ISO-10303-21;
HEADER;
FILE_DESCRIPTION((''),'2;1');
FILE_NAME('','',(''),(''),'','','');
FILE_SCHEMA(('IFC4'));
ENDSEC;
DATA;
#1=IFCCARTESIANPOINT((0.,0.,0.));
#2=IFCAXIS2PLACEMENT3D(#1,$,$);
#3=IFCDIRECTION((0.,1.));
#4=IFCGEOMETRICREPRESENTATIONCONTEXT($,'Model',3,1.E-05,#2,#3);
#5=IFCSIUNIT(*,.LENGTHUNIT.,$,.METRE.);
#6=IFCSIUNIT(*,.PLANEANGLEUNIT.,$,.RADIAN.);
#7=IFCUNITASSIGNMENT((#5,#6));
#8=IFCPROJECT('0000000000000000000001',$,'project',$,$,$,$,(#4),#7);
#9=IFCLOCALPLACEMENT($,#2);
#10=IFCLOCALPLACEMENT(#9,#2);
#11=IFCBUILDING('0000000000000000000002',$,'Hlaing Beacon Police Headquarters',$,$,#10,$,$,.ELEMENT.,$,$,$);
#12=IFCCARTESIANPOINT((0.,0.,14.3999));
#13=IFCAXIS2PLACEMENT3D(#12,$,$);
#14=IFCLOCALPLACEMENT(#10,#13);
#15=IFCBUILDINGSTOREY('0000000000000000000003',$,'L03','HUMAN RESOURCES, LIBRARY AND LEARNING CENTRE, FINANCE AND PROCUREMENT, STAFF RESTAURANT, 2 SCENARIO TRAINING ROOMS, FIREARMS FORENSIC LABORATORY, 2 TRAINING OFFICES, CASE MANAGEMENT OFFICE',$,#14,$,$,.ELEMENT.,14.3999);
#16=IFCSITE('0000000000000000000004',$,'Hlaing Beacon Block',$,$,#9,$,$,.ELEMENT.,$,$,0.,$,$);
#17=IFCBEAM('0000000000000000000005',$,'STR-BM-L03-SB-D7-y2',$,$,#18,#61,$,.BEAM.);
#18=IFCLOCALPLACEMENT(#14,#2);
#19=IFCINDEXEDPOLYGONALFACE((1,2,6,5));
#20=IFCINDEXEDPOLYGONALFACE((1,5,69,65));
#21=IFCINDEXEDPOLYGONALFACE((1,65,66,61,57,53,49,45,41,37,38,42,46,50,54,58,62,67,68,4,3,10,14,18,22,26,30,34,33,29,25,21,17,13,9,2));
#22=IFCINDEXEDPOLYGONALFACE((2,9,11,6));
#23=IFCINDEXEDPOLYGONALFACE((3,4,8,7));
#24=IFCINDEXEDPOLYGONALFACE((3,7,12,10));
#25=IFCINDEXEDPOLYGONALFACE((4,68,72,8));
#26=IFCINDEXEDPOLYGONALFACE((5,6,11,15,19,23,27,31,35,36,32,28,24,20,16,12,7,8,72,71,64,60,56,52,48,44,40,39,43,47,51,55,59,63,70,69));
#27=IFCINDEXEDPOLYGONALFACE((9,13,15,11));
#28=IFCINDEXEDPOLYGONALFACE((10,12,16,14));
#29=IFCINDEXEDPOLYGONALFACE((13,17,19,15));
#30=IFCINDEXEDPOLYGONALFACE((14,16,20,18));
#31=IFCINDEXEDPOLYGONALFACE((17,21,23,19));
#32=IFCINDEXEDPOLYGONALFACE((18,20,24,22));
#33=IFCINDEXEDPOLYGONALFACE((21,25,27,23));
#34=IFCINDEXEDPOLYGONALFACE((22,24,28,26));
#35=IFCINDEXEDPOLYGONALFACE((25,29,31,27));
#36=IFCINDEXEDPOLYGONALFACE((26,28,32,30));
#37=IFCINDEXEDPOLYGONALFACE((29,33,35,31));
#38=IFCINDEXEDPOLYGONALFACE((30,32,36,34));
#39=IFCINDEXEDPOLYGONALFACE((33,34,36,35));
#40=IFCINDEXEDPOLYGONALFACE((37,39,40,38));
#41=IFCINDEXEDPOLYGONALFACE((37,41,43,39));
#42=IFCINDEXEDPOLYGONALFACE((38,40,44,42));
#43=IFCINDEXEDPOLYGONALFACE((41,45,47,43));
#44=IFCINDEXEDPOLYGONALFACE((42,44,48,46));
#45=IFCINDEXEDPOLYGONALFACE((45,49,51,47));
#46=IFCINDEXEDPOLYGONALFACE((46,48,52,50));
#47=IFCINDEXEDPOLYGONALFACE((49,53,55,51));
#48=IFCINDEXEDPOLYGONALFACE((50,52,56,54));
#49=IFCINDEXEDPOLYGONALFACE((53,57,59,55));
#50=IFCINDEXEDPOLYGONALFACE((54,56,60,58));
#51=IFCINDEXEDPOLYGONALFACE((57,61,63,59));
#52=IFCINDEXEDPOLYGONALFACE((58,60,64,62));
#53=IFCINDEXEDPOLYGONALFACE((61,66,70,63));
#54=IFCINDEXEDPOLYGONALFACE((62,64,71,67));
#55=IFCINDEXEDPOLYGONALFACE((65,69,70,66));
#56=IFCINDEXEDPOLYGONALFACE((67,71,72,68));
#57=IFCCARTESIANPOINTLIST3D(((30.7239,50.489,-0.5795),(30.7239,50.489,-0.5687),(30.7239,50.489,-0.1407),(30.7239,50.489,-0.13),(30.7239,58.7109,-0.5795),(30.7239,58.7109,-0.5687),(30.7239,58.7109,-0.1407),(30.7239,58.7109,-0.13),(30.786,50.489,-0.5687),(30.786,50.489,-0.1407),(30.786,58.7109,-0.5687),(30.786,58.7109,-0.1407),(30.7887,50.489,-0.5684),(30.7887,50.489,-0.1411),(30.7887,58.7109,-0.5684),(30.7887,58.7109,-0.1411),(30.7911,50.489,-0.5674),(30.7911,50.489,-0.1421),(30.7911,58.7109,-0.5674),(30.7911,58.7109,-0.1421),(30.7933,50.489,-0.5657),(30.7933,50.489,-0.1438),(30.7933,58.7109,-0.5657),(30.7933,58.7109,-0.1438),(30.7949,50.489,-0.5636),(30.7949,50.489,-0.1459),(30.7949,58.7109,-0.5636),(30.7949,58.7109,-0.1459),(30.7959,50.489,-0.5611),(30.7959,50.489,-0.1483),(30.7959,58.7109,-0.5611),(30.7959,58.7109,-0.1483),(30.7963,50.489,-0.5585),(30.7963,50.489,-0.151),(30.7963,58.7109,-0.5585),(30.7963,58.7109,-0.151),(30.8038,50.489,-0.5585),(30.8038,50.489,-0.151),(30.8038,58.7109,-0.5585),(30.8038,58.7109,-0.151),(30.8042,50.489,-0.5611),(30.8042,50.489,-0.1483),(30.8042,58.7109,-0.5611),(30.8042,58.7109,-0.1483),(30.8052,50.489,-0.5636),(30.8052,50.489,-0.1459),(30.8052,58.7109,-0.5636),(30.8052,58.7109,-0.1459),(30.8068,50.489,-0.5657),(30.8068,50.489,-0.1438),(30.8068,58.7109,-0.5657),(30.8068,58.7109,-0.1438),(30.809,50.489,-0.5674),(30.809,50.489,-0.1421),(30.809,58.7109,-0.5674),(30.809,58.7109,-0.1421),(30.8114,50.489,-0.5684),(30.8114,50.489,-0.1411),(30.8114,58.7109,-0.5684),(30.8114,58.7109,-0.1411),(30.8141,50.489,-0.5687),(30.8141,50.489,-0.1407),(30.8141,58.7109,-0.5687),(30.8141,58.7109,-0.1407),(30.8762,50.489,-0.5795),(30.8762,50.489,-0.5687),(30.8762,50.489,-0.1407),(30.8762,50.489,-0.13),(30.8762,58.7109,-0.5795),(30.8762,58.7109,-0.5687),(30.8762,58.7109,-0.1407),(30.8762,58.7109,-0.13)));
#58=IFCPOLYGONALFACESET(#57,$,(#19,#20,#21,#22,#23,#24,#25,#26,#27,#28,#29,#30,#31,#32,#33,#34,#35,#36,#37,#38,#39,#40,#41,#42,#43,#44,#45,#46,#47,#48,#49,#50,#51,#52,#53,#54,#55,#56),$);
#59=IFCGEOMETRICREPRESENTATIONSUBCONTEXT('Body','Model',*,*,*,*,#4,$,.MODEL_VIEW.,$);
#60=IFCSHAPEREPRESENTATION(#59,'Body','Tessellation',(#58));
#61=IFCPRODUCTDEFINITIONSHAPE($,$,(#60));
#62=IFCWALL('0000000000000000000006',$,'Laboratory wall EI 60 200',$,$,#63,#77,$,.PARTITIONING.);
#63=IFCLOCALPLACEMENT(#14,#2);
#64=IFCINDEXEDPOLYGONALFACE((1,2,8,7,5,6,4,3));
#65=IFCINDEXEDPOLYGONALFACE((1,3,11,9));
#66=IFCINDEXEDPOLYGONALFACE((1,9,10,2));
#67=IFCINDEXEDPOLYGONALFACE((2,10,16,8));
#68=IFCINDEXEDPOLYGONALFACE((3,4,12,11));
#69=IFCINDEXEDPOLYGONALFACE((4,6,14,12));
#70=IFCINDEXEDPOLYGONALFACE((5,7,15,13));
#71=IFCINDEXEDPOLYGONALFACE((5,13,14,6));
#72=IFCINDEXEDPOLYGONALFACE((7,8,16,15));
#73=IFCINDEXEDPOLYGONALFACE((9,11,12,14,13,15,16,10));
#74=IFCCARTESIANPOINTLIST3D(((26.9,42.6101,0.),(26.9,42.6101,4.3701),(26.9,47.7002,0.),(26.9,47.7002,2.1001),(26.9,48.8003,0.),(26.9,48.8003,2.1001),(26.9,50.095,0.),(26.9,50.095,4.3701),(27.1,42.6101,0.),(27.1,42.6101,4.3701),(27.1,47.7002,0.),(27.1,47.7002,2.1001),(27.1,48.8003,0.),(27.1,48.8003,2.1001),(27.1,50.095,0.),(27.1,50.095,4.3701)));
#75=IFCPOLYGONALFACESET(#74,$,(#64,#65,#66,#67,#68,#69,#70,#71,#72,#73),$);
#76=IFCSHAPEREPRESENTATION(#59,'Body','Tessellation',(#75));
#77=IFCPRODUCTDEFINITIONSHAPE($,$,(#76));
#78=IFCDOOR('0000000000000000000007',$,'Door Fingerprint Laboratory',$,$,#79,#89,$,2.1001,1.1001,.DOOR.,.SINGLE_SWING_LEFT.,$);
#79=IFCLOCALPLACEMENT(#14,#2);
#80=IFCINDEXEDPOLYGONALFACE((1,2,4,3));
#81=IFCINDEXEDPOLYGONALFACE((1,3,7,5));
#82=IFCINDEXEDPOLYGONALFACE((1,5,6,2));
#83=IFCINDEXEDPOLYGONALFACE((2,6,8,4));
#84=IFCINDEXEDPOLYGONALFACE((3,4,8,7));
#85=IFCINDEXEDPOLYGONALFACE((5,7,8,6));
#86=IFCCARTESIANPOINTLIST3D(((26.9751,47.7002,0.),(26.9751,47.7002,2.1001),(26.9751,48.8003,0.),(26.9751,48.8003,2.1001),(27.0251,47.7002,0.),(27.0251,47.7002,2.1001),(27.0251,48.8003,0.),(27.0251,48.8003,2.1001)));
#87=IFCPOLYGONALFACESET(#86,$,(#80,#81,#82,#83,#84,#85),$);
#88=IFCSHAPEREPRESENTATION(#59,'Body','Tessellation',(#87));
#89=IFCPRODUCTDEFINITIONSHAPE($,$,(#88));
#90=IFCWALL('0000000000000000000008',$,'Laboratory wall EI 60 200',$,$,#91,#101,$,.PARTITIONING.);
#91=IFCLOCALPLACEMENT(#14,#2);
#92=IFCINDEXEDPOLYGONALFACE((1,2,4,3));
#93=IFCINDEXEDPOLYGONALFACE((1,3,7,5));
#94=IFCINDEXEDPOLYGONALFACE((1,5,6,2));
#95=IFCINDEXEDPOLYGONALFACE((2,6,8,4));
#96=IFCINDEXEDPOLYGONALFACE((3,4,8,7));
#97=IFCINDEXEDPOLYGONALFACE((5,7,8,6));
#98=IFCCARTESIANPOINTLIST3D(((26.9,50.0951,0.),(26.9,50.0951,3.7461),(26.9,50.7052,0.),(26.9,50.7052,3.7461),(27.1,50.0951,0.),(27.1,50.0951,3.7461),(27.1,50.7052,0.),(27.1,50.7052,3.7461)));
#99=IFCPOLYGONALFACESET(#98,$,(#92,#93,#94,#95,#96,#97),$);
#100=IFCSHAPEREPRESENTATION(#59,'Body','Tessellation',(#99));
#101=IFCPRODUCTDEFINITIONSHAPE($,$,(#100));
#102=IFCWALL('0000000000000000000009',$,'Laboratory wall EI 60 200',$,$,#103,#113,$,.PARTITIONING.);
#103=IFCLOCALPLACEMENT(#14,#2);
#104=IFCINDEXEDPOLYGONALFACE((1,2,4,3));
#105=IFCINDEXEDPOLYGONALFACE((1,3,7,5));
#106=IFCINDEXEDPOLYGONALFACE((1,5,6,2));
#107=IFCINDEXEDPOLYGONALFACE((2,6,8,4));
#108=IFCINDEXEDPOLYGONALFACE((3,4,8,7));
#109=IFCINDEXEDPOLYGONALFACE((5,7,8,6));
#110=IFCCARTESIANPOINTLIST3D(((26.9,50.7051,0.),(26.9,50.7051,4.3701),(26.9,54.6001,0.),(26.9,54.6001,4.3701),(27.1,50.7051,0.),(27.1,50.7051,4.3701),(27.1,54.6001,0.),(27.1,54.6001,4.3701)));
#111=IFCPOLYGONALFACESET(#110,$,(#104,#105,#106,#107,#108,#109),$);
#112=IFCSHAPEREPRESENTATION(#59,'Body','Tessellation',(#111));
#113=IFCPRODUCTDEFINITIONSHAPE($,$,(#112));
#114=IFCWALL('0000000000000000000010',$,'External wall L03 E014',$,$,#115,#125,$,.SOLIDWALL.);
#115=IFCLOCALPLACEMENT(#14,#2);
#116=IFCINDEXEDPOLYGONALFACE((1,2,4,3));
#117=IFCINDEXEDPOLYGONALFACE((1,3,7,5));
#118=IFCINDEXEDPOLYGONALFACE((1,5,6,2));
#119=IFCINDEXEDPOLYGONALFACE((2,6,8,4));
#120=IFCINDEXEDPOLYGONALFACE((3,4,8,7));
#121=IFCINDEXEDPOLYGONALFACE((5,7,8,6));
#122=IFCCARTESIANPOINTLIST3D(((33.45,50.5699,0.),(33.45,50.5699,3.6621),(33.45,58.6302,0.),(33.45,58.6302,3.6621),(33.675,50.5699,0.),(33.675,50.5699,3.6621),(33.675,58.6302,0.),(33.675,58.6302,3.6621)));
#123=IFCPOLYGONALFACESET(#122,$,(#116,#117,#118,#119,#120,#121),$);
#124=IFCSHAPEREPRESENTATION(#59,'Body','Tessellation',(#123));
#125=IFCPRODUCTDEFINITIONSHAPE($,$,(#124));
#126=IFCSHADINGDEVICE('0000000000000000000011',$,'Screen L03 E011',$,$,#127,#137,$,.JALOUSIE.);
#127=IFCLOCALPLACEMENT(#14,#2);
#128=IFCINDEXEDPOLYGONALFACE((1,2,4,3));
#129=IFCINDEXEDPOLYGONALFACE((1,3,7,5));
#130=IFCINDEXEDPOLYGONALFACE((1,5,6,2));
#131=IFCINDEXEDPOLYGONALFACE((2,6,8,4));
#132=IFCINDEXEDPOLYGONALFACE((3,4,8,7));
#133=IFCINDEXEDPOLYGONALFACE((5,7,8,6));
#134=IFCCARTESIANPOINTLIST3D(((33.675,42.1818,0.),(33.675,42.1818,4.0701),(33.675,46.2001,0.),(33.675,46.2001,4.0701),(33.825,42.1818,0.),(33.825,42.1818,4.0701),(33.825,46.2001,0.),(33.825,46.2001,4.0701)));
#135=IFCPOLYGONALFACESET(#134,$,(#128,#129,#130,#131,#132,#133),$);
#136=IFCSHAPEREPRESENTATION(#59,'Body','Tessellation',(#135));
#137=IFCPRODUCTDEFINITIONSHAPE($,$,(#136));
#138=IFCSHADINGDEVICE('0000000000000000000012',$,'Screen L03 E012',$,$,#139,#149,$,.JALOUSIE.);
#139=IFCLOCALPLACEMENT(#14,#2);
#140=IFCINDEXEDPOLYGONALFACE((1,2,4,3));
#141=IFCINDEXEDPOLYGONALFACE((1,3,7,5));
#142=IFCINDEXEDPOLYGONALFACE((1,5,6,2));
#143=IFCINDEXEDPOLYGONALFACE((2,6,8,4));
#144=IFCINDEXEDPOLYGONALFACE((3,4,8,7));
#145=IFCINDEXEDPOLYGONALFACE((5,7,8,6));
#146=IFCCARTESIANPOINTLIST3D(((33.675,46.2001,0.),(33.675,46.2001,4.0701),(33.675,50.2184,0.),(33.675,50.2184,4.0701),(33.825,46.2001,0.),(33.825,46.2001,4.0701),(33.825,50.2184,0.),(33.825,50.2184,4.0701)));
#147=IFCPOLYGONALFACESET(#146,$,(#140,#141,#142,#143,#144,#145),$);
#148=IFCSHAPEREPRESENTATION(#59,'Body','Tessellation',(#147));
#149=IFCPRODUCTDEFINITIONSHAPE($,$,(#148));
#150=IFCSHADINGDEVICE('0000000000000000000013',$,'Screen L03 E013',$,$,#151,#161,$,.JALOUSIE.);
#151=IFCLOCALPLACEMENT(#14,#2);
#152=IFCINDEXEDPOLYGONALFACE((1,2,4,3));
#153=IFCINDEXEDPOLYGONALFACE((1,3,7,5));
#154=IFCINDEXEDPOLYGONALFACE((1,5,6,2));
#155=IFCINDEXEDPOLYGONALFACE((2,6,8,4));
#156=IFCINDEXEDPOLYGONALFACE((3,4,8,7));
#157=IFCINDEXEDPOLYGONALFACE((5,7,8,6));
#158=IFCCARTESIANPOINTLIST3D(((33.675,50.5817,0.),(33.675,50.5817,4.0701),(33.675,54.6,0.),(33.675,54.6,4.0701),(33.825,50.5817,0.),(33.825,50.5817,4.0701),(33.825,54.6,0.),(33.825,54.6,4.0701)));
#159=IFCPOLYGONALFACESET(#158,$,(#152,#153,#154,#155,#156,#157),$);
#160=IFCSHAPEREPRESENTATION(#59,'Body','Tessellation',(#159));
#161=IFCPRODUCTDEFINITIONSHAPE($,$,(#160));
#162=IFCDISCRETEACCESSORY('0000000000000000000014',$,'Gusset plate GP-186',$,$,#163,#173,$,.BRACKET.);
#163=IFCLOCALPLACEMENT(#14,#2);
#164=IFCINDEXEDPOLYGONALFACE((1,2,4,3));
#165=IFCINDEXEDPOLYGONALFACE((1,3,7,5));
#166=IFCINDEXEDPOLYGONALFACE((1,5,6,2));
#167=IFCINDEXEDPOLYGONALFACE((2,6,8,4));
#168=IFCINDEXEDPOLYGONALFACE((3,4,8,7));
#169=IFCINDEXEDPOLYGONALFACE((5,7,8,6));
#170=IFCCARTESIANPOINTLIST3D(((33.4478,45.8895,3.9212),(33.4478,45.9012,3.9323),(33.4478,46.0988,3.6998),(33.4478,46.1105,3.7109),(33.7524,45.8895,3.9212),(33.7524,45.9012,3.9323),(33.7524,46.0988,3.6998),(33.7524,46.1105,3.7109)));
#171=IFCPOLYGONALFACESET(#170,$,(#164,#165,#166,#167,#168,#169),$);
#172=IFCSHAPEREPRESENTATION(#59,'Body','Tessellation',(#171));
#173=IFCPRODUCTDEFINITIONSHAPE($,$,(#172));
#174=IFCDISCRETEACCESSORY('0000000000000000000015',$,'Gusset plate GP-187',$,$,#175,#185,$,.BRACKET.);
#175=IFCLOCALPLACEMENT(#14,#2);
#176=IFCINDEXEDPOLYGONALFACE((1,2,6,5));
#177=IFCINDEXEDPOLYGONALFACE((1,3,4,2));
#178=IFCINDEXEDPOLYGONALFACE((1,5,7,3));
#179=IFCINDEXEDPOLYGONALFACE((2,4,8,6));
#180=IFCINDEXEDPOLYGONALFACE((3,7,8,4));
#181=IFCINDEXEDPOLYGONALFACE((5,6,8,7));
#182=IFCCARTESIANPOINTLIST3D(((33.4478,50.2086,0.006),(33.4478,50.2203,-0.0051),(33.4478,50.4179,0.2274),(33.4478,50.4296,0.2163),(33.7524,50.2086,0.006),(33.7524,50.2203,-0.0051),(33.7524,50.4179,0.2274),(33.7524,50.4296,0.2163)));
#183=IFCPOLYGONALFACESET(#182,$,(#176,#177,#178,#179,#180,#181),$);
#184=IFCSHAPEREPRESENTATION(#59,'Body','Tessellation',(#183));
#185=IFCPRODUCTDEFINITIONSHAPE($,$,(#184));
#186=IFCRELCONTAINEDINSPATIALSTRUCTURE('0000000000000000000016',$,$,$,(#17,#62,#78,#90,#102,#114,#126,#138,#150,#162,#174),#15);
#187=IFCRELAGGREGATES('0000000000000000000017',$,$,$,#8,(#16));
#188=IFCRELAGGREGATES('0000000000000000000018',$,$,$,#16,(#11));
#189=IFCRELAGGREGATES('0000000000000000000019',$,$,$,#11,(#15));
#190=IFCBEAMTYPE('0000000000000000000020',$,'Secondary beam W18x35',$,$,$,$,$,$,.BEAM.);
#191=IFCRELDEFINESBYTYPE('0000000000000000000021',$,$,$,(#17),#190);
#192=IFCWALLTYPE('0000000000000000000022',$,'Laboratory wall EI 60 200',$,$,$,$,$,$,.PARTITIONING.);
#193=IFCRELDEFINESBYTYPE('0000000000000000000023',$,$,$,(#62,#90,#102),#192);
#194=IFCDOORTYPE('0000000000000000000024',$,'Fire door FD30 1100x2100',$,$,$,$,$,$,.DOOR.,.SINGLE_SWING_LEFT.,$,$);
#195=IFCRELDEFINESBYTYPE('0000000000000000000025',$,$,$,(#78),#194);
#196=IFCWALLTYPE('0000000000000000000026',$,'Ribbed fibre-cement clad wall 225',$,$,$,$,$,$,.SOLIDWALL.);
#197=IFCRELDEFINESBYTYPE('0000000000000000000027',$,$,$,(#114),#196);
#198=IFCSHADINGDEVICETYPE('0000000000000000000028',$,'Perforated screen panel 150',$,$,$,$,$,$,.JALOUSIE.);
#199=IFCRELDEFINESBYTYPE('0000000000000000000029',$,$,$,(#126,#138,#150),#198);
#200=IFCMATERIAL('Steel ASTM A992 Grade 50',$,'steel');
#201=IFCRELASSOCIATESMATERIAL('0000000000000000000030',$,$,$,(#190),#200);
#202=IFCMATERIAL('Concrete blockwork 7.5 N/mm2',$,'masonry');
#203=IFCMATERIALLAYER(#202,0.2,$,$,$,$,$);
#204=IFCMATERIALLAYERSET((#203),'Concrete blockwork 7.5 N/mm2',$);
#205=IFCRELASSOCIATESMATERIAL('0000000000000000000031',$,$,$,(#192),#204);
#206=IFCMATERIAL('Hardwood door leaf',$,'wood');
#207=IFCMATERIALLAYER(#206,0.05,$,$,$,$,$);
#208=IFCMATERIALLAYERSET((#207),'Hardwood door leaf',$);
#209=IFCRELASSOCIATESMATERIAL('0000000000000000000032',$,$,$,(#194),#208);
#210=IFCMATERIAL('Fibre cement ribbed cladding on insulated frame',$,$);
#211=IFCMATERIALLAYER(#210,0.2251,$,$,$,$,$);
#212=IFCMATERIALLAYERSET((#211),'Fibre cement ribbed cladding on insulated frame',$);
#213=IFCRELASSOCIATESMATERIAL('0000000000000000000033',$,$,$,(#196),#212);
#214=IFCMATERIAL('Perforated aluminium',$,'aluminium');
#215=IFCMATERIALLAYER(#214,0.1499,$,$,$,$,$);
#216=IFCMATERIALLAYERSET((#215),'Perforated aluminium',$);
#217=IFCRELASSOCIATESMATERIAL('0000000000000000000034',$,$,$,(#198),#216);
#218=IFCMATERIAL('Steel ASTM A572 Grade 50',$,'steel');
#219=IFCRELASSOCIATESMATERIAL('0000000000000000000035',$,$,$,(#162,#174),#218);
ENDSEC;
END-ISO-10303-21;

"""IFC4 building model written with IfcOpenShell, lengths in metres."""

from ifc_helpers import new_model, si_unit, direction, frame, frame_2d, origin, origin_2d, place, context, subcontext, project, spatial, rectangle, i_section, extrude, material, layer, layer_set, material_profile, profile_set, type_object, element, fill, save


model = new_model("IFC4")

# Units and contexts
model_context = context("Model", 3, precision=1e-05, world=origin(), true_north=direction((0.0, 1.0)))
body_context = subcontext(model_context, "Body", "Model", "MODEL_VIEW")
ifc_project = project(units=[si_unit("LENGTHUNIT", "METRE"), si_unit("PLANEANGLEUNIT", "RADIAN")], contexts=[model_context])

# Site, building, storey
site_placement = place(None, origin())
site = spatial("IfcSite", under=ifc_project, at=site_placement, Name="Hlaing Beacon Block", CompositionType="ELEMENT", RefElevation=0.0)
building_placement = place(site_placement, origin())
building = spatial("IfcBuilding", under=site, at=building_placement, Name="Hlaing Beacon Police Headquarters", CompositionType="ELEMENT")
storey_placement = place(building_placement, frame((0.0, 0.0, 14.3999)))
storey = spatial("IfcBuildingStorey", under=building, at=storey_placement, Name="L03", Description="HUMAN RESOURCES, LIBRARY AND LEARNING CENTRE, FINANCE AND PROCUREMENT, STAFF RESTAURANT, 2 SCENARIO TRAINING ROOMS, FIREARMS FORENSIC LABORATORY, 2 TRAINING OFFICES, CASE MANAGEMENT OFFICE", CompositionType="ELEMENT", Elevation=14.3999)

# Beam
ifc_material_1 = material(Name="Steel ASTM A992 Grade 50", Category="steel")
ifc_material_profile_1 = material_profile(ifc_material_1, i_section(OverallWidth=0.1523, OverallDepth=0.4495, WebThickness=0.0076, FlangeThickness=0.0107, FilletRadius=0.0103, at=origin_2d()), Name="W18x35")
ifc_profile_set_1 = profile_set([ifc_material_profile_1], Name="Steel ASTM A992 Grade 50")
beam_type_1 = type_object("IfcBeamType", Name="Secondary beam W18x35", PredefinedType="BEAM", material=ifc_profile_set_1)
for number, where, z_axis, x_axis, name in (
    (1, (30.8, 50.489, -0.3547), (0.0, 1.0, 0.0), (-1.0, 0.0, 0.0), "STR-BM-L03-SB-D7-y2"),
):
    element("IfcBeam", number, at=place(storey_placement, frame(where, z_axis=z_axis, x_axis=x_axis)), inside=storey, type_object=beam_type_1, Name=name, PredefinedType="BEAM", context=body_context, shape_type="SweptSolid", body=[
        extrude(i_section(OverallWidth=0.1523, OverallDepth=0.4495, WebThickness=0.0076, FlangeThickness=0.0107, FilletRadius=0.0103, at=origin_2d()), origin(), (0.0, 0.0, 1.0), 8.2219),
    ])

# Wall, opening, door
ifc_material_2 = material(Name="Concrete blockwork 7.5 N/mm2", Category="masonry")
ifc_layer_1 = layer(ifc_material_2, 0.2)
ifc_layer_set_1 = layer_set([ifc_layer_1], Name="Concrete blockwork 7.5 N/mm2")
wall_type_1 = type_object("IfcWallType", Name="Laboratory wall EI 60 200", PredefinedType="PARTITIONING", material=ifc_layer_set_1)
wall_1_placement = place(storey_placement, frame((27.0, 42.6101, 0.0), z_axis=(0.0, 0.0, 1.0), x_axis=(0.0, 1.0, 0.0)))
wall_1 = element("IfcWall", 2, at=wall_1_placement, inside=storey, type_object=wall_type_1, Name="Laboratory wall EI 60 200", PredefinedType="PARTITIONING", context=body_context, shape_type="SweptSolid", body=[
    extrude(rectangle(XDim=7.4849, YDim=0.2, at=frame_2d((3.7424, 0.0))), origin(), (0.0, 0.0, 1.0), 4.3701),
])
opening_placement = place(wall_1_placement, frame((5.0901, 0.0, 0.0)))
opening = element("IfcOpeningElement", 3, at=opening_placement, cuts=wall_1, PredefinedType="OPENING", context=body_context, shape_type="SweptSolid", body=[
    extrude(rectangle(XDim=1.1001, YDim=2.1001, at=frame_2d((0.55, 1.05))), frame((0.0, 0.1099, 0.0), z_axis=(0.0, -1.0, 0.0), x_axis=(1.0, 0.0, 0.0)), (0.0, 0.0, 1.0), 0.22),
])
ifc_material_3 = material(Name="Hardwood door leaf", Category="wood")
ifc_layer_2 = layer(ifc_material_3, 0.05)
ifc_layer_set_2 = layer_set([ifc_layer_2], Name="Hardwood door leaf")
door_type = type_object("IfcDoorType", Name="Fire door FD30 1100x2100", OperationType="SINGLE_SWING_LEFT", PredefinedType="DOOR", material=ifc_layer_set_2)
door_placement = place(opening_placement, frame((1.1001, 0.0, 0.0), z_axis=(0.0, 0.0, 1.0), x_axis=(-1.0, 0.0, 0.0)))
door = element("IfcDoor", 4, at=door_placement, inside=storey, type_object=door_type, Name="Door Fingerprint Laboratory", OperationType="SINGLE_SWING_LEFT", OverallHeight=2.1001, OverallWidth=1.1001, PredefinedType="DOOR", context=body_context, shape_type="SweptSolid", body=[
    extrude(rectangle(XDim=1.1001, YDim=2.1001, at=frame_2d((0.55, 1.05))), frame((0.0, 0.0251, 0.0), z_axis=(0.0, -1.0, 0.0), x_axis=(1.0, 0.0, 0.0)), (0.0, 0.0, 1.0), 0.05),
])
fill(opening, door)

# Walls
wall_2_placement = place(storey_placement, frame((27.0, 50.095, 0.0), z_axis=(0.0, 0.0, 1.0), x_axis=(0.0, 1.0, 0.0)))
element("IfcWall", 5, at=wall_2_placement, inside=storey, type_object=wall_type_1, Name="Laboratory wall EI 60 200", PredefinedType="PARTITIONING", context=body_context, shape_type="SweptSolid", body=[
    extrude(rectangle(XDim=0.6101, YDim=0.2, at=frame_2d((0.3052, 0.0))), origin(), (0.0, 0.0, 1.0), 3.7461),
])
wall_3_placement = place(storey_placement, frame((27.0, 50.7051, 0.0), z_axis=(0.0, 0.0, 1.0), x_axis=(0.0, 1.0, 0.0)))
element("IfcWall", 6, at=wall_3_placement, inside=storey, type_object=wall_type_1, Name="Laboratory wall EI 60 200", PredefinedType="PARTITIONING", context=body_context, shape_type="SweptSolid", body=[
    extrude(rectangle(XDim=3.895, YDim=0.2, at=frame_2d((1.9475, 0.0))), origin(), (0.0, 0.0, 1.0), 4.3701),
])
ifc_material_4 = material(Name="Fibre cement ribbed cladding on insulated frame")
ifc_layer_3 = layer(ifc_material_4, 0.2251)
ifc_layer_set_3 = layer_set([ifc_layer_3], Name="Fibre cement ribbed cladding on insulated frame")
wall_type_2 = type_object("IfcWallType", Name="Ribbed fibre-cement clad wall 225", PredefinedType="SOLIDWALL", material=ifc_layer_set_3)
wall_4_placement = place(storey_placement, frame((33.5625, 50.5698, 0.0), z_axis=(0.0, 0.0, 1.0), x_axis=(0.0, 1.0, 0.0)))
element("IfcWall", 7, at=wall_4_placement, inside=storey, type_object=wall_type_2, Name="External wall L03 E014", PredefinedType="SOLIDWALL", context=body_context, shape_type="SweptSolid", body=[
    extrude(rectangle(XDim=8.0603, YDim=0.2251, at=frame_2d((4.0303, 0.0))), origin(), (0.0, 0.0, 1.0), 3.6621),
])

# Shading devices
ifc_material_5 = material(Name="Perforated aluminium", Category="aluminium")
ifc_layer_4 = layer(ifc_material_5, 0.1499)
ifc_layer_set_4 = layer_set([ifc_layer_4], Name="Perforated aluminium")
shading_device_type = type_object("IfcShadingDeviceType", Name="Perforated screen panel 150", PredefinedType="JALOUSIE", material=ifc_layer_set_4)
for number, where, z_axis, x_axis, name in (
    (8, (33.75, 44.1909, 0.0), (0.0, 0.0, 1.0), (0.0, 1.0, 0.0), "Screen L03 E011"),
    (9, (33.75, 48.2092, 0.0), (0.0, 0.0, 1.0), (0.0, 1.0, 0.0), "Screen L03 E012"),
    (10, (33.75, 52.5908, 0.0), (0.0, 0.0, 1.0), (0.0, 1.0, 0.0), "Screen L03 E013"),
):
    element("IfcShadingDevice", number, at=place(storey_placement, frame(where, z_axis=z_axis, x_axis=x_axis)), inside=storey, type_object=shading_device_type, Name=name, PredefinedType="JALOUSIE", context=body_context, shape_type="SweptSolid", body=[
        extrude(rectangle(XDim=4.0183, YDim=0.1499, at=origin_2d()), origin(), (0.0, 0.0, 1.0), 4.0701),
    ])

# Discrete accessories
ifc_material_6 = material(Name="Steel ASTM A572 Grade 50", Category="steel")
for number, where, z_axis, x_axis, name in (
    (11, (33.6001, 45.9941, 3.8105), (0.0, 0.726657, 0.687001), (-1.0, 0.0, 0.0), "Gusset plate GP-186"),
    (12, (33.6001, 50.3132, 0.1167), (0.0, 0.726678, -0.686978), (-1.0, 0.0, 0.0), "Gusset plate GP-187"),
):
    element("IfcDiscreteAccessory", number, at=place(storey_placement, frame(where, z_axis=z_axis, x_axis=x_axis)), inside=storey, material=ifc_material_6, Name=name, PredefinedType="BRACKET", context=body_context, shape_type="SweptSolid", body=[
        extrude(rectangle(XDim=0.3047, YDim=0.3047, at=origin_2d()), origin(), (0.0, 0.0, 1.0), 0.0161),
    ])

save(model, "model.ifc")
